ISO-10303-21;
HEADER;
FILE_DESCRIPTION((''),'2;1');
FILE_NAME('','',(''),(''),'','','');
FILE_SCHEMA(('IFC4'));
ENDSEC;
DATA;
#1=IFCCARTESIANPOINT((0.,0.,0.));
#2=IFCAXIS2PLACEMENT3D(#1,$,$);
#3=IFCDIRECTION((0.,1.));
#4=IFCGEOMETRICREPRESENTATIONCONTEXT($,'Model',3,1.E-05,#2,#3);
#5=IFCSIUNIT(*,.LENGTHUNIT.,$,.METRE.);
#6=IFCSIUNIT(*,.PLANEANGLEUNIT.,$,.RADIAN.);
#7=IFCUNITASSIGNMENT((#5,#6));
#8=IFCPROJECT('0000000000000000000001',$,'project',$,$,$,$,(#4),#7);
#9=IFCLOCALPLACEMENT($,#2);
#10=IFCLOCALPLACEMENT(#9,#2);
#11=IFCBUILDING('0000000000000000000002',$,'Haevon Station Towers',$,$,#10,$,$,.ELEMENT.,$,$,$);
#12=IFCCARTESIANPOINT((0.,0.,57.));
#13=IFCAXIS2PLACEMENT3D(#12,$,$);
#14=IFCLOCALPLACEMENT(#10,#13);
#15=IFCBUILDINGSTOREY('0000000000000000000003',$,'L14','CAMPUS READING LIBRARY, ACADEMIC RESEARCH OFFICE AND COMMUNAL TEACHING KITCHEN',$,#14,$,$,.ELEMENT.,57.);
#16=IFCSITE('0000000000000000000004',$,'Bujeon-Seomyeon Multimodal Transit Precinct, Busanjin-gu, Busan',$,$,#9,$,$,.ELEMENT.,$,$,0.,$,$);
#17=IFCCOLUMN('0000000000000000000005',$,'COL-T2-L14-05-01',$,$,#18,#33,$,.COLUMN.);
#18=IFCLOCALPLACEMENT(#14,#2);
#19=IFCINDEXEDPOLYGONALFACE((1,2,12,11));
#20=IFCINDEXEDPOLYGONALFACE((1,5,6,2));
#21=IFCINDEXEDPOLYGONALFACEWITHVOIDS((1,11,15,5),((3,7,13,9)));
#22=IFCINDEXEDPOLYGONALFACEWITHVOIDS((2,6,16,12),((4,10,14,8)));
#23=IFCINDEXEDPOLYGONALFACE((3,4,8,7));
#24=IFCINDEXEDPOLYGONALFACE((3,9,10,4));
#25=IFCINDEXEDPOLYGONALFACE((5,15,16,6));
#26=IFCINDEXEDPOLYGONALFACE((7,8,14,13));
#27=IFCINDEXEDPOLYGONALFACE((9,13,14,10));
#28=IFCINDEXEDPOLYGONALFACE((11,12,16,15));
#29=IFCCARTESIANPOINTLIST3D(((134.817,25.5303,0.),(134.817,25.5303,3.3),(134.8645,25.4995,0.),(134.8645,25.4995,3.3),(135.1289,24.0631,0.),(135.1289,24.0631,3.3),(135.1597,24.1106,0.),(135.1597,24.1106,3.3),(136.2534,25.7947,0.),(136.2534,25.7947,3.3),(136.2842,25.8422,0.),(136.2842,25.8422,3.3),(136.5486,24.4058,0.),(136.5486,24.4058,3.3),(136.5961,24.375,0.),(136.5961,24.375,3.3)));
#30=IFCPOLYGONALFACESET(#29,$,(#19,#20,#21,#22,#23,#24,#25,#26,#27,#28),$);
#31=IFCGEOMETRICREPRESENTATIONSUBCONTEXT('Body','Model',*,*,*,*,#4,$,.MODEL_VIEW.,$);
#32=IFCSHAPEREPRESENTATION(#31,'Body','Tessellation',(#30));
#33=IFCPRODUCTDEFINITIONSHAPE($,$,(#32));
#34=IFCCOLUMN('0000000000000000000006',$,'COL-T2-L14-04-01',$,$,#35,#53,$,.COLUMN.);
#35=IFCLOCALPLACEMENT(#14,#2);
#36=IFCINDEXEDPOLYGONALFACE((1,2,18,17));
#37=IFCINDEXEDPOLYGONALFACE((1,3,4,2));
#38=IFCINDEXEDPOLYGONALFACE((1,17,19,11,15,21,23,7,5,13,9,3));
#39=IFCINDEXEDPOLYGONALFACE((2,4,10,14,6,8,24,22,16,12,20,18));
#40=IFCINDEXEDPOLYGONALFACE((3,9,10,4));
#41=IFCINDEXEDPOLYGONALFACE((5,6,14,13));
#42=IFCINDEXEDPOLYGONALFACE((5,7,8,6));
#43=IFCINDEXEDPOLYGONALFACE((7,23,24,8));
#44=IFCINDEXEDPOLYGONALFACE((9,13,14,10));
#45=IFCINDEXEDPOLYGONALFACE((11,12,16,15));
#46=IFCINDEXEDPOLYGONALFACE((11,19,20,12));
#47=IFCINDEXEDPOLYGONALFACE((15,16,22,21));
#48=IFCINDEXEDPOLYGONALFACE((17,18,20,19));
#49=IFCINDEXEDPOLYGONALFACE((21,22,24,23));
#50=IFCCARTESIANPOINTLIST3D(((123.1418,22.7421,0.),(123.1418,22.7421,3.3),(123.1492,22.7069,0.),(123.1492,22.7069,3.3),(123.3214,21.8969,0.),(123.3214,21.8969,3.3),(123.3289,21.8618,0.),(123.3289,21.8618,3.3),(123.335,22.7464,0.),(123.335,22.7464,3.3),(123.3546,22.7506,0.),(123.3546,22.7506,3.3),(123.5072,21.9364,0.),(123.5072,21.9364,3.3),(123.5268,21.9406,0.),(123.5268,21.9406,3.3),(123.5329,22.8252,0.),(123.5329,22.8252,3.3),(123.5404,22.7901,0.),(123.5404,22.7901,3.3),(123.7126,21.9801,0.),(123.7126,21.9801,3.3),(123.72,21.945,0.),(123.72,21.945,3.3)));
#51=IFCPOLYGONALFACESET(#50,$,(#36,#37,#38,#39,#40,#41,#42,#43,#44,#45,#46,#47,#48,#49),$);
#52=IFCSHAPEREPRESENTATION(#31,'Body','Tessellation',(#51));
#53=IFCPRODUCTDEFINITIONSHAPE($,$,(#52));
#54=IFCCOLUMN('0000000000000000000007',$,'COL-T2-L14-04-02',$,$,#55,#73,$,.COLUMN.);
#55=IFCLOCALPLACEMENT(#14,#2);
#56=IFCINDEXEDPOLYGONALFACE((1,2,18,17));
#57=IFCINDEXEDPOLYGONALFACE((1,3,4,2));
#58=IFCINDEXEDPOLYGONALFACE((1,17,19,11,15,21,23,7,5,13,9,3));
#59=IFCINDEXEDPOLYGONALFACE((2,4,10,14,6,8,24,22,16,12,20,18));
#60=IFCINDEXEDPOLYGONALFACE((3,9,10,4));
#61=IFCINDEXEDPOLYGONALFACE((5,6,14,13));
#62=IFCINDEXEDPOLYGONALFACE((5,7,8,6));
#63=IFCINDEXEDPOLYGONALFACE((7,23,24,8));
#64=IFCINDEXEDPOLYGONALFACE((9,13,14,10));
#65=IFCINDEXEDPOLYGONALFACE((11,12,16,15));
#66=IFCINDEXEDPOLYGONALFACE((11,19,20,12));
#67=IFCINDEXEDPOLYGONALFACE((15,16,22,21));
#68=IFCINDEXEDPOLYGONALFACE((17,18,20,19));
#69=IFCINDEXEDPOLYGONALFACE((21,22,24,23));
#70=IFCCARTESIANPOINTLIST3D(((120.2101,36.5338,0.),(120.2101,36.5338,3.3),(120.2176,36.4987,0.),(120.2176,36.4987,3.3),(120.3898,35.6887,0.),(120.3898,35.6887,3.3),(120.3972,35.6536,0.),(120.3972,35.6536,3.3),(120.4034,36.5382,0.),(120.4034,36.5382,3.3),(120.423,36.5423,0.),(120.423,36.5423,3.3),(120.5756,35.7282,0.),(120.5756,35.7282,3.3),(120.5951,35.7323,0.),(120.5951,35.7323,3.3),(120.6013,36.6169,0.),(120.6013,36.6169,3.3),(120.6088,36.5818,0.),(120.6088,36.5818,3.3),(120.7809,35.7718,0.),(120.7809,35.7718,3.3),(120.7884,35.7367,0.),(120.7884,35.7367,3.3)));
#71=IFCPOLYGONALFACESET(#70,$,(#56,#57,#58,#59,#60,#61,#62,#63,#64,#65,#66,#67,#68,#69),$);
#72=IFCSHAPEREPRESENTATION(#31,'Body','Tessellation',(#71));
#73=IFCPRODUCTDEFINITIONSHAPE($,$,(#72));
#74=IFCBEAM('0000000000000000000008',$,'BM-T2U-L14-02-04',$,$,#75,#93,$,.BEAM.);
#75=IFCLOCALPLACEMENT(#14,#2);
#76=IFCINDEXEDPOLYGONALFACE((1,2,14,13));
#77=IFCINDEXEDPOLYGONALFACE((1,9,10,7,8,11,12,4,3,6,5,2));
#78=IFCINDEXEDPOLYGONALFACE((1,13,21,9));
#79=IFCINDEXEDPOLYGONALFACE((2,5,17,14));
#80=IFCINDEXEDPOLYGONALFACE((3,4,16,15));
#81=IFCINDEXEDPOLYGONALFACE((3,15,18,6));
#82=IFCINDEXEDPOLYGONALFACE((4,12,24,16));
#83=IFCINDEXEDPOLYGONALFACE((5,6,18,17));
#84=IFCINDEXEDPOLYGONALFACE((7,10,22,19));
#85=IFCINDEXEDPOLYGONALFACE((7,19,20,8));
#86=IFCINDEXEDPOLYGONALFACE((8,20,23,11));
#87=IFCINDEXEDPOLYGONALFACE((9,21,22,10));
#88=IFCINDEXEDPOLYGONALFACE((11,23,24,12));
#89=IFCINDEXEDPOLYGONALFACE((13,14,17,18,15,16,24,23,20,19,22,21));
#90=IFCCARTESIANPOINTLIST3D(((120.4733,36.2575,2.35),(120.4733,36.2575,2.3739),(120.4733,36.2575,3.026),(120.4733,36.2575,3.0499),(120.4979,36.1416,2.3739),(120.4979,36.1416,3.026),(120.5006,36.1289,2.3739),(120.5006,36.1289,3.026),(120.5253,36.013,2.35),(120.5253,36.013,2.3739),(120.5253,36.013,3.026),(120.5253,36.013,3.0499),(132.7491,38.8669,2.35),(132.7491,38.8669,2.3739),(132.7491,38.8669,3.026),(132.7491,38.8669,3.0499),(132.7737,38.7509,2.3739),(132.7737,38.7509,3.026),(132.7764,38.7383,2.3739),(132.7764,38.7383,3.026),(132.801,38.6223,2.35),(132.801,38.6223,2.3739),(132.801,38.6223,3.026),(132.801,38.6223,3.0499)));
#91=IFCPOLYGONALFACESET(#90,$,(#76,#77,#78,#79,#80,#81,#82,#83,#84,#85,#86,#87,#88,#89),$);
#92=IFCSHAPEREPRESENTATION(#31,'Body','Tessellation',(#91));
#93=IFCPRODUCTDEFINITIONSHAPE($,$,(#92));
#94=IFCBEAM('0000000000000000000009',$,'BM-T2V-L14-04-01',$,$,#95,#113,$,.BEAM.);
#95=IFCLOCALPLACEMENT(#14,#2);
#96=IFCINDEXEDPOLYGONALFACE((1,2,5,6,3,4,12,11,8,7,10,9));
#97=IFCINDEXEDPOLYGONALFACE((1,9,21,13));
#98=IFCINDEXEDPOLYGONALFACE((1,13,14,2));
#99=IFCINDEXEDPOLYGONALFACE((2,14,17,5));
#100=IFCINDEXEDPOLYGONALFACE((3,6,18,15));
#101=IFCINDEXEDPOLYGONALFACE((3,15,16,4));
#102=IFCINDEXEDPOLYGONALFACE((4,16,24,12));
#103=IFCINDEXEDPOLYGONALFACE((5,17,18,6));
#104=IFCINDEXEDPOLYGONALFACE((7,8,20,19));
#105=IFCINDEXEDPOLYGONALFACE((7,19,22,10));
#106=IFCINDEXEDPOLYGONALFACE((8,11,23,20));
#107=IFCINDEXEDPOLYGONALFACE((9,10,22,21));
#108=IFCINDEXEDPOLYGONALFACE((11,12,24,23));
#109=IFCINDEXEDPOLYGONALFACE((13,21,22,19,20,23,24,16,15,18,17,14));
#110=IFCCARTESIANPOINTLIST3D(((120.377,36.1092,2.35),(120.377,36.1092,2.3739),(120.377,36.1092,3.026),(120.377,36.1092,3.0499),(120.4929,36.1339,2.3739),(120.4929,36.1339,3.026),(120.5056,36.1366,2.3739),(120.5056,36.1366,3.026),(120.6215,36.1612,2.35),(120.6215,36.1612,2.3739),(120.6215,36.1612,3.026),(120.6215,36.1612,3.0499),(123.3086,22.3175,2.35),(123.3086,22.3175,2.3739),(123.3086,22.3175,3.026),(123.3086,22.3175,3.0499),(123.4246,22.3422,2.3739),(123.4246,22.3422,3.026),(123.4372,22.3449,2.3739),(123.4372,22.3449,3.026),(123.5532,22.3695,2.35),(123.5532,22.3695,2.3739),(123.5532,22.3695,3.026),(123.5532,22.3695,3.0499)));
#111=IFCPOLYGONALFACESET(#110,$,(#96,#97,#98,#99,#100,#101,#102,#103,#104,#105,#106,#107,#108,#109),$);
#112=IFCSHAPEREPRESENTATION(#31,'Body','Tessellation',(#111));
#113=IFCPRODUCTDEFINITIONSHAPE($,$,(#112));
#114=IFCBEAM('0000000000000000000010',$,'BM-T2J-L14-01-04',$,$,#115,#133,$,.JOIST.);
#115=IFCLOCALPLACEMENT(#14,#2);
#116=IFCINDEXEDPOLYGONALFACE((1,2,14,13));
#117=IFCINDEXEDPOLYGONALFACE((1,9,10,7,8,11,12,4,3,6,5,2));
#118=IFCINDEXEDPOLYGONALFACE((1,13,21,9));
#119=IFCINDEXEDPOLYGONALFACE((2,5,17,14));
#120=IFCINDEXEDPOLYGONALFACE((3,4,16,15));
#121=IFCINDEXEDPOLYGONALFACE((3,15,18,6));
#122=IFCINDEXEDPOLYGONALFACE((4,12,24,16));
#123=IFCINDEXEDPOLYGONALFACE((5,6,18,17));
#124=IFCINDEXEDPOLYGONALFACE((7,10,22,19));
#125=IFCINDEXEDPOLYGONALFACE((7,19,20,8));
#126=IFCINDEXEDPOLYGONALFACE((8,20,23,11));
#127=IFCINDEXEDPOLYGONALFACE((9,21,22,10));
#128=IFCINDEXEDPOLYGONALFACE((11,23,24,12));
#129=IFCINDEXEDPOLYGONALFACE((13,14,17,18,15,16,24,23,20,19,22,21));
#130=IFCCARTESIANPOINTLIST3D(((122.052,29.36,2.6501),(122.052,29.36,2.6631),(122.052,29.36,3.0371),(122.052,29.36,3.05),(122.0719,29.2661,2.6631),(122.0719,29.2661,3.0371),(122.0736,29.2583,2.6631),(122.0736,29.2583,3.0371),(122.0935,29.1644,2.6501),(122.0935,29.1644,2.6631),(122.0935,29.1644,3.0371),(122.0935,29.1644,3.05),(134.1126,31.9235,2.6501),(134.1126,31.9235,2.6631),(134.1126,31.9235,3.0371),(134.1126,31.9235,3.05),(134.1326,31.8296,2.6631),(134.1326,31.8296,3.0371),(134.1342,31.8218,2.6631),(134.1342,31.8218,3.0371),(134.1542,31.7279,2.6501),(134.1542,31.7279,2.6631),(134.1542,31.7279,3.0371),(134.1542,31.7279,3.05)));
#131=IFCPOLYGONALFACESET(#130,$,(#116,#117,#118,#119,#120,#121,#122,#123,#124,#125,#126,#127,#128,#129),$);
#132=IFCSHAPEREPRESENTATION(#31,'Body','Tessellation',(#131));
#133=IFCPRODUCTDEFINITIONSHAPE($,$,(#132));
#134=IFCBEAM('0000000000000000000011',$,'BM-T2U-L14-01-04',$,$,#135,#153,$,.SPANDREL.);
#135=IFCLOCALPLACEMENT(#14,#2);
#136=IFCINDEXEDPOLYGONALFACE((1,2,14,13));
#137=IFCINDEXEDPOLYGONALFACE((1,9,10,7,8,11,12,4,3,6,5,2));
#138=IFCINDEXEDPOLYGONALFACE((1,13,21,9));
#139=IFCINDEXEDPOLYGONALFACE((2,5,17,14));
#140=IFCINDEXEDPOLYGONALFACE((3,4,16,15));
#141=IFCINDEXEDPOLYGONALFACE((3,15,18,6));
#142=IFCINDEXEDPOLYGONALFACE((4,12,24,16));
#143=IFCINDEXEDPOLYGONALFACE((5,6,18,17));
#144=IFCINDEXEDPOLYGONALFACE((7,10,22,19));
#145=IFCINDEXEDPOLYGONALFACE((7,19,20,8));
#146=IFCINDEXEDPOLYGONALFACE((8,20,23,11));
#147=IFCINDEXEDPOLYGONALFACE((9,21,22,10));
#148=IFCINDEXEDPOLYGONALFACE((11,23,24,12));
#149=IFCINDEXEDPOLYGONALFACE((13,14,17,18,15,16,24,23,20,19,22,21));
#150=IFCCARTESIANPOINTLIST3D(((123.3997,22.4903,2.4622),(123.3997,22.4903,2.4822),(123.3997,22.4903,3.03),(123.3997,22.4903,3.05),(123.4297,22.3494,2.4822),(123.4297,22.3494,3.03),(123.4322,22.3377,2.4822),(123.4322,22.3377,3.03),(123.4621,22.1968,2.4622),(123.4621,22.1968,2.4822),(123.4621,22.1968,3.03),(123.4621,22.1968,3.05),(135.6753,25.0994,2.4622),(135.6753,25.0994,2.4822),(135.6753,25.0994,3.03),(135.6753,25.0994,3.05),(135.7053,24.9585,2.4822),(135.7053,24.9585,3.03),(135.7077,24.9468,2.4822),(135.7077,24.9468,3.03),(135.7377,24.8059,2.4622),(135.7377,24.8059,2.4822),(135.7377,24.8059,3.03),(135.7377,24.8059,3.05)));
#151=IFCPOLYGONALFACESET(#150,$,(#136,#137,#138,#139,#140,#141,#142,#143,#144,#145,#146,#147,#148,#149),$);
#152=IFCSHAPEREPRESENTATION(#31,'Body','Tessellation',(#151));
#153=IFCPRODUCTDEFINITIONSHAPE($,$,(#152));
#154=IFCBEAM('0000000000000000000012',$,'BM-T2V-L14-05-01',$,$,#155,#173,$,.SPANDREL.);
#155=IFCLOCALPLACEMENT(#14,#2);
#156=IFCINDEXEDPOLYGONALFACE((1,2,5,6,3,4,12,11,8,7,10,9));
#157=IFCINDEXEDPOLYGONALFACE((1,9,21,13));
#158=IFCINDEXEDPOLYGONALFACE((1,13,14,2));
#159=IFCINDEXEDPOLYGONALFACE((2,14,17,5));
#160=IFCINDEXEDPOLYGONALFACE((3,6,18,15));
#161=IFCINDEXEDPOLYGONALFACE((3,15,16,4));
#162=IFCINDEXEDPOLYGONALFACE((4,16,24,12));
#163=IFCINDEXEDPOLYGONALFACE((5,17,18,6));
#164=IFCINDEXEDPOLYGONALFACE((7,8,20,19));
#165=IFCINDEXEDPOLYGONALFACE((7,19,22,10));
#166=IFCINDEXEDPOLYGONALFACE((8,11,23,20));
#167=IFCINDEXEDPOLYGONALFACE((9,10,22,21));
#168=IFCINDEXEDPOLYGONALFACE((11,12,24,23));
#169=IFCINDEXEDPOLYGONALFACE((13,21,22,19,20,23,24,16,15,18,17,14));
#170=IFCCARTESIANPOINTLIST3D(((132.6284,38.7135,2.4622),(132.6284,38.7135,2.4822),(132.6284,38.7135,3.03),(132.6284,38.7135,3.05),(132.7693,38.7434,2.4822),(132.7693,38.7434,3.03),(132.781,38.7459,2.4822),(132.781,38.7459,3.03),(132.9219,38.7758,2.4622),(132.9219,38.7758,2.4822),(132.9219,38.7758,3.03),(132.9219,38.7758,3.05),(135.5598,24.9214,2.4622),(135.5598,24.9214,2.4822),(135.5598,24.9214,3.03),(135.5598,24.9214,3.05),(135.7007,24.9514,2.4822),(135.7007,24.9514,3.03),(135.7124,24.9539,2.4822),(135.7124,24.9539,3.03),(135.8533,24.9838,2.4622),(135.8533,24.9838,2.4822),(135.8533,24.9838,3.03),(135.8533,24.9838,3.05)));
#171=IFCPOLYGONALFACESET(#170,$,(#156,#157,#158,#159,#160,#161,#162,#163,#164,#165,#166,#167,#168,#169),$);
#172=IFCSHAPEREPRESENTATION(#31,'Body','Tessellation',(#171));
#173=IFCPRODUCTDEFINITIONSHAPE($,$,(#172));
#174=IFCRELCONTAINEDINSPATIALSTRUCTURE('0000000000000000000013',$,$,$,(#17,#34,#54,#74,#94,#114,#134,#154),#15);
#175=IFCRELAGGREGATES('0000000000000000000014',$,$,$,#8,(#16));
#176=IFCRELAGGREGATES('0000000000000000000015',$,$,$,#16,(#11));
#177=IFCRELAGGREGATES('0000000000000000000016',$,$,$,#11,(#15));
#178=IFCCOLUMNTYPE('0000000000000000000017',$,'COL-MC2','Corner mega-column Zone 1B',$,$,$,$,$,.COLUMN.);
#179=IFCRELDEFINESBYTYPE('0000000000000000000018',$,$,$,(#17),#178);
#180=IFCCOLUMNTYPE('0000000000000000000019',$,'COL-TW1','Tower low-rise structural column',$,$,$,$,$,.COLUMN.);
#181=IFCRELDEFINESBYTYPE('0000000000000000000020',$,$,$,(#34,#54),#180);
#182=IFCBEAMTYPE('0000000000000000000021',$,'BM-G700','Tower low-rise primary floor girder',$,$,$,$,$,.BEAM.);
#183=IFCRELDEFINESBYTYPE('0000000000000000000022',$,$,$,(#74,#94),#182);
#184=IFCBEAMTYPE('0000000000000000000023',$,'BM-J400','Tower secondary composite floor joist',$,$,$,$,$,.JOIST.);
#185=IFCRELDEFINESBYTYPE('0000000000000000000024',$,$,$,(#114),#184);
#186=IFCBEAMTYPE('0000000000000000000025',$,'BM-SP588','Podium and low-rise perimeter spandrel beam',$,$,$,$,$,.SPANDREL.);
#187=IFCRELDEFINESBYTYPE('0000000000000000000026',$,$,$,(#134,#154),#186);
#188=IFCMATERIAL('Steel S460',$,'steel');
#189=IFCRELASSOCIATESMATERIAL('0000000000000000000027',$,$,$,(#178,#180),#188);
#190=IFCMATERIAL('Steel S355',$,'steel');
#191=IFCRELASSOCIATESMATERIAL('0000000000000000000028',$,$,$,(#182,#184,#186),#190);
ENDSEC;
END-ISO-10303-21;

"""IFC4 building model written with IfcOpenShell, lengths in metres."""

from ifc_helpers import new_model, si_unit, direction, frame, origin, origin_2d, place, context, subcontext, project, spatial, hollow_rectangle, i_section, extrude, material, material_profile, profile_set, type_object, element, save


model = new_model("IFC4")

# Units and contexts
model_context = context("Model", 3, precision=1e-05, world=origin(), true_north=direction((0.0, 1.0)))
body_context = subcontext(model_context, "Body", "Model", "MODEL_VIEW")
ifc_project = project(units=[si_unit("LENGTHUNIT", "METRE"), si_unit("PLANEANGLEUNIT", "RADIAN")], contexts=[model_context])

# Site, building, storey
site_placement = place(None, origin())
site = spatial("IfcSite", under=ifc_project, at=site_placement, Name="Bujeon-Seomyeon Multimodal Transit Precinct, Busanjin-gu, Busan", CompositionType="ELEMENT", RefElevation=0.0)
building_placement = place(site_placement, origin())
building = spatial("IfcBuilding", under=site, at=building_placement, Name="Haevon Station Towers", CompositionType="ELEMENT")
storey_placement = place(building_placement, frame((0.0, 0.0, 57.0)))
storey = spatial("IfcBuildingStorey", under=building, at=storey_placement, Name="L14", Description="CAMPUS READING LIBRARY, ACADEMIC RESEARCH OFFICE AND COMMUNAL TEACHING KITCHEN", CompositionType="ELEMENT", Elevation=57.0)

# Columns
ifc_material_1 = material(Name="Steel S460", Category="steel")
ifc_material_profile_1 = material_profile(ifc_material_1, hollow_rectangle(XDim=1.5, YDim=1.5, WallThickness=0.04, at=origin_2d()), Name="BOX-1500x1500x40")
ifc_profile_set_1 = profile_set([ifc_material_profile_1], Name="Steel S460")
column_type_1 = type_object("IfcColumnType", Name="COL-MC2", Description="Corner mega-column Zone 1B", PredefinedType="COLUMN", material=ifc_profile_set_1)
column_placement = place(storey_placement, frame((135.7065, 24.9526, 0.0), z_axis=(0.0, 0.0, 1.0), x_axis=(0.978148, 0.207912, 0.0)))
element("IfcColumn", 1, at=column_placement, inside=storey, type_object=column_type_1, Name="COL-T2-L14-05-01", PredefinedType="COLUMN", context=body_context, shape_type="SweptSolid", body=[
    extrude(hollow_rectangle(XDim=1.5, YDim=1.5, WallThickness=0.04, at=origin_2d()), origin(), (0.0, 0.0, 1.0), 3.3),
])
ifc_material_profile_2 = material_profile(ifc_material_1, i_section(OverallWidth=0.3999, OverallDepth=0.8999, WebThickness=0.02, FlangeThickness=0.0359, at=origin_2d()), Name="H-900x400x20x36")
ifc_profile_set_2 = profile_set([ifc_material_profile_2], Name="Steel S460")
column_type_2 = type_object("IfcColumnType", Name="COL-TW1", Description="Tower low-rise structural column", PredefinedType="COLUMN", material=ifc_profile_set_2)
for number, where, z_axis, x_axis, name in (
    (2, (123.4309, 22.3435, 0.0), (0.0, 0.0, 1.0), (0.978148, 0.207912, 0.0), "COL-T2-L14-04-01"),
    (3, (120.4993, 36.1353, 0.0), (0.0, 0.0, 1.0), (0.978148, 0.207912, 0.0), "COL-T2-L14-04-02"),
):
    element("IfcColumn", number, at=place(storey_placement, frame(where, z_axis=z_axis, x_axis=x_axis)), inside=storey, type_object=column_type_2, Name=name, PredefinedType="COLUMN", context=body_context, shape_type="SweptSolid", body=[
        extrude(i_section(OverallWidth=0.3999, OverallDepth=0.8999, WebThickness=0.02, FlangeThickness=0.0359, at=origin_2d()), origin(), (0.0, 0.0, 1.0), 3.3),
    ])

# Beams
ifc_material_2 = material(Name="Steel S355", Category="steel")
ifc_material_profile_3 = material_profile(ifc_material_2, i_section(OverallWidth=0.25, OverallDepth=0.7, WebThickness=0.0129, FlangeThickness=0.0239, at=origin_2d()), Name="H-700x250x13x24")
ifc_profile_set_3 = profile_set([ifc_material_profile_3], Name="Steel S355")
beam_type_1 = type_object("IfcBeamType", Name="BM-G700", Description="Tower low-rise primary floor girder", PredefinedType="BEAM", material=ifc_profile_set_3)
beam_1_placement = place(storey_placement, frame((120.4993, 36.1353, 2.7), z_axis=(0.978147, 0.207916, 0.0), x_axis=(-0.207916, 0.978147, 0.0)))
element("IfcBeam", 4, at=beam_1_placement, inside=storey, type_object=beam_type_1, Name="BM-T2U-L14-02-04", PredefinedType="BEAM", context=body_context, shape_type="SweptSolid", body=[
    extrude(i_section(OverallWidth=0.25, OverallDepth=0.7, WebThickness=0.0129, FlangeThickness=0.0239, at=origin_2d()), origin(), (0.0, 0.0, 1.0), 12.55),
])
beam_2_placement = place(storey_placement, frame((123.4309, 22.3435, 2.7), z_axis=(-0.207919, 0.978146, 0.0), x_axis=(-0.978146, -0.207919, 0.0)))
element("IfcBeam", 5, at=beam_2_placement, inside=storey, type_object=beam_type_1, Name="BM-T2V-L14-04-01", PredefinedType="BEAM", context=body_context, shape_type="SweptSolid", body=[
    extrude(i_section(OverallWidth=0.25, OverallDepth=0.7, WebThickness=0.0129, FlangeThickness=0.0239, at=origin_2d()), origin(), (0.0, 0.0, 1.0), 14.0999),
])
ifc_material_profile_4 = material_profile(ifc_material_2, i_section(OverallWidth=0.2, OverallDepth=0.3999, WebThickness=0.0081, FlangeThickness=0.0129, at=origin_2d()), Name="H-400x200x8x13")
ifc_profile_set_4 = profile_set([ifc_material_profile_4], Name="Steel S355")
beam_type_2 = type_object("IfcBeamType", Name="BM-J400", Description="Tower secondary composite floor joist", PredefinedType="JOIST", material=ifc_profile_set_4)
beam_3_placement = place(storey_placement, frame((122.0728, 29.2622, 2.8501), z_axis=(0.978149, 0.207906, 0.0), x_axis=(-0.207906, 0.978149, 0.0)))
element("IfcBeam", 6, at=beam_3_placement, inside=storey, type_object=beam_type_2, Name="BM-T2J-L14-01-04", PredefinedType="JOIST", context=body_context, shape_type="SweptSolid", body=[
    extrude(i_section(OverallWidth=0.2, OverallDepth=0.3999, WebThickness=0.0081, FlangeThickness=0.0129, at=origin_2d()), origin(), (0.0, 0.0, 1.0), 12.3301),
])
ifc_material_profile_5 = material_profile(ifc_material_2, i_section(OverallWidth=0.3, OverallDepth=0.5879, WebThickness=0.012, FlangeThickness=0.02, at=origin_2d()), Name="H-588x300x12x20")
ifc_profile_set_5 = profile_set([ifc_material_profile_5], Name="Steel S355")
beam_type_3 = type_object("IfcBeamType", Name="BM-SP588", Description="Podium and low-rise perimeter spandrel beam", PredefinedType="SPANDREL", material=ifc_profile_set_5)
beam_4_placement = place(storey_placement, frame((123.4309, 22.3435, 2.7561), z_axis=(0.97815, 0.207901, 0.0), x_axis=(-0.207901, 0.97815, 0.0)))
element("IfcBeam", 7, at=beam_4_placement, inside=storey, type_object=beam_type_3, Name="BM-T2U-L14-01-04", PredefinedType="SPANDREL", context=body_context, shape_type="SweptSolid", body=[
    extrude(i_section(OverallWidth=0.3, OverallDepth=0.5879, WebThickness=0.012, FlangeThickness=0.02, at=origin_2d()), origin(), (0.0, 0.0, 1.0), 12.5498),
])
beam_5_placement = place(storey_placement, frame((135.7065, 24.9526, 2.7561), z_axis=(-0.207899, 0.97815, 0.0), x_axis=(-0.97815, -0.207899, 0.0)))
element("IfcBeam", 8, at=beam_5_placement, inside=storey, type_object=beam_type_3, Name="BM-T2V-L14-05-01", PredefinedType="SPANDREL", context=body_context, shape_type="SweptSolid", body=[
    extrude(i_section(OverallWidth=0.3, OverallDepth=0.5879, WebThickness=0.012, FlangeThickness=0.02, at=origin_2d()), origin(), (0.0, 0.0, 1.0), 14.1001),
])

save(model, "model.ifc")
